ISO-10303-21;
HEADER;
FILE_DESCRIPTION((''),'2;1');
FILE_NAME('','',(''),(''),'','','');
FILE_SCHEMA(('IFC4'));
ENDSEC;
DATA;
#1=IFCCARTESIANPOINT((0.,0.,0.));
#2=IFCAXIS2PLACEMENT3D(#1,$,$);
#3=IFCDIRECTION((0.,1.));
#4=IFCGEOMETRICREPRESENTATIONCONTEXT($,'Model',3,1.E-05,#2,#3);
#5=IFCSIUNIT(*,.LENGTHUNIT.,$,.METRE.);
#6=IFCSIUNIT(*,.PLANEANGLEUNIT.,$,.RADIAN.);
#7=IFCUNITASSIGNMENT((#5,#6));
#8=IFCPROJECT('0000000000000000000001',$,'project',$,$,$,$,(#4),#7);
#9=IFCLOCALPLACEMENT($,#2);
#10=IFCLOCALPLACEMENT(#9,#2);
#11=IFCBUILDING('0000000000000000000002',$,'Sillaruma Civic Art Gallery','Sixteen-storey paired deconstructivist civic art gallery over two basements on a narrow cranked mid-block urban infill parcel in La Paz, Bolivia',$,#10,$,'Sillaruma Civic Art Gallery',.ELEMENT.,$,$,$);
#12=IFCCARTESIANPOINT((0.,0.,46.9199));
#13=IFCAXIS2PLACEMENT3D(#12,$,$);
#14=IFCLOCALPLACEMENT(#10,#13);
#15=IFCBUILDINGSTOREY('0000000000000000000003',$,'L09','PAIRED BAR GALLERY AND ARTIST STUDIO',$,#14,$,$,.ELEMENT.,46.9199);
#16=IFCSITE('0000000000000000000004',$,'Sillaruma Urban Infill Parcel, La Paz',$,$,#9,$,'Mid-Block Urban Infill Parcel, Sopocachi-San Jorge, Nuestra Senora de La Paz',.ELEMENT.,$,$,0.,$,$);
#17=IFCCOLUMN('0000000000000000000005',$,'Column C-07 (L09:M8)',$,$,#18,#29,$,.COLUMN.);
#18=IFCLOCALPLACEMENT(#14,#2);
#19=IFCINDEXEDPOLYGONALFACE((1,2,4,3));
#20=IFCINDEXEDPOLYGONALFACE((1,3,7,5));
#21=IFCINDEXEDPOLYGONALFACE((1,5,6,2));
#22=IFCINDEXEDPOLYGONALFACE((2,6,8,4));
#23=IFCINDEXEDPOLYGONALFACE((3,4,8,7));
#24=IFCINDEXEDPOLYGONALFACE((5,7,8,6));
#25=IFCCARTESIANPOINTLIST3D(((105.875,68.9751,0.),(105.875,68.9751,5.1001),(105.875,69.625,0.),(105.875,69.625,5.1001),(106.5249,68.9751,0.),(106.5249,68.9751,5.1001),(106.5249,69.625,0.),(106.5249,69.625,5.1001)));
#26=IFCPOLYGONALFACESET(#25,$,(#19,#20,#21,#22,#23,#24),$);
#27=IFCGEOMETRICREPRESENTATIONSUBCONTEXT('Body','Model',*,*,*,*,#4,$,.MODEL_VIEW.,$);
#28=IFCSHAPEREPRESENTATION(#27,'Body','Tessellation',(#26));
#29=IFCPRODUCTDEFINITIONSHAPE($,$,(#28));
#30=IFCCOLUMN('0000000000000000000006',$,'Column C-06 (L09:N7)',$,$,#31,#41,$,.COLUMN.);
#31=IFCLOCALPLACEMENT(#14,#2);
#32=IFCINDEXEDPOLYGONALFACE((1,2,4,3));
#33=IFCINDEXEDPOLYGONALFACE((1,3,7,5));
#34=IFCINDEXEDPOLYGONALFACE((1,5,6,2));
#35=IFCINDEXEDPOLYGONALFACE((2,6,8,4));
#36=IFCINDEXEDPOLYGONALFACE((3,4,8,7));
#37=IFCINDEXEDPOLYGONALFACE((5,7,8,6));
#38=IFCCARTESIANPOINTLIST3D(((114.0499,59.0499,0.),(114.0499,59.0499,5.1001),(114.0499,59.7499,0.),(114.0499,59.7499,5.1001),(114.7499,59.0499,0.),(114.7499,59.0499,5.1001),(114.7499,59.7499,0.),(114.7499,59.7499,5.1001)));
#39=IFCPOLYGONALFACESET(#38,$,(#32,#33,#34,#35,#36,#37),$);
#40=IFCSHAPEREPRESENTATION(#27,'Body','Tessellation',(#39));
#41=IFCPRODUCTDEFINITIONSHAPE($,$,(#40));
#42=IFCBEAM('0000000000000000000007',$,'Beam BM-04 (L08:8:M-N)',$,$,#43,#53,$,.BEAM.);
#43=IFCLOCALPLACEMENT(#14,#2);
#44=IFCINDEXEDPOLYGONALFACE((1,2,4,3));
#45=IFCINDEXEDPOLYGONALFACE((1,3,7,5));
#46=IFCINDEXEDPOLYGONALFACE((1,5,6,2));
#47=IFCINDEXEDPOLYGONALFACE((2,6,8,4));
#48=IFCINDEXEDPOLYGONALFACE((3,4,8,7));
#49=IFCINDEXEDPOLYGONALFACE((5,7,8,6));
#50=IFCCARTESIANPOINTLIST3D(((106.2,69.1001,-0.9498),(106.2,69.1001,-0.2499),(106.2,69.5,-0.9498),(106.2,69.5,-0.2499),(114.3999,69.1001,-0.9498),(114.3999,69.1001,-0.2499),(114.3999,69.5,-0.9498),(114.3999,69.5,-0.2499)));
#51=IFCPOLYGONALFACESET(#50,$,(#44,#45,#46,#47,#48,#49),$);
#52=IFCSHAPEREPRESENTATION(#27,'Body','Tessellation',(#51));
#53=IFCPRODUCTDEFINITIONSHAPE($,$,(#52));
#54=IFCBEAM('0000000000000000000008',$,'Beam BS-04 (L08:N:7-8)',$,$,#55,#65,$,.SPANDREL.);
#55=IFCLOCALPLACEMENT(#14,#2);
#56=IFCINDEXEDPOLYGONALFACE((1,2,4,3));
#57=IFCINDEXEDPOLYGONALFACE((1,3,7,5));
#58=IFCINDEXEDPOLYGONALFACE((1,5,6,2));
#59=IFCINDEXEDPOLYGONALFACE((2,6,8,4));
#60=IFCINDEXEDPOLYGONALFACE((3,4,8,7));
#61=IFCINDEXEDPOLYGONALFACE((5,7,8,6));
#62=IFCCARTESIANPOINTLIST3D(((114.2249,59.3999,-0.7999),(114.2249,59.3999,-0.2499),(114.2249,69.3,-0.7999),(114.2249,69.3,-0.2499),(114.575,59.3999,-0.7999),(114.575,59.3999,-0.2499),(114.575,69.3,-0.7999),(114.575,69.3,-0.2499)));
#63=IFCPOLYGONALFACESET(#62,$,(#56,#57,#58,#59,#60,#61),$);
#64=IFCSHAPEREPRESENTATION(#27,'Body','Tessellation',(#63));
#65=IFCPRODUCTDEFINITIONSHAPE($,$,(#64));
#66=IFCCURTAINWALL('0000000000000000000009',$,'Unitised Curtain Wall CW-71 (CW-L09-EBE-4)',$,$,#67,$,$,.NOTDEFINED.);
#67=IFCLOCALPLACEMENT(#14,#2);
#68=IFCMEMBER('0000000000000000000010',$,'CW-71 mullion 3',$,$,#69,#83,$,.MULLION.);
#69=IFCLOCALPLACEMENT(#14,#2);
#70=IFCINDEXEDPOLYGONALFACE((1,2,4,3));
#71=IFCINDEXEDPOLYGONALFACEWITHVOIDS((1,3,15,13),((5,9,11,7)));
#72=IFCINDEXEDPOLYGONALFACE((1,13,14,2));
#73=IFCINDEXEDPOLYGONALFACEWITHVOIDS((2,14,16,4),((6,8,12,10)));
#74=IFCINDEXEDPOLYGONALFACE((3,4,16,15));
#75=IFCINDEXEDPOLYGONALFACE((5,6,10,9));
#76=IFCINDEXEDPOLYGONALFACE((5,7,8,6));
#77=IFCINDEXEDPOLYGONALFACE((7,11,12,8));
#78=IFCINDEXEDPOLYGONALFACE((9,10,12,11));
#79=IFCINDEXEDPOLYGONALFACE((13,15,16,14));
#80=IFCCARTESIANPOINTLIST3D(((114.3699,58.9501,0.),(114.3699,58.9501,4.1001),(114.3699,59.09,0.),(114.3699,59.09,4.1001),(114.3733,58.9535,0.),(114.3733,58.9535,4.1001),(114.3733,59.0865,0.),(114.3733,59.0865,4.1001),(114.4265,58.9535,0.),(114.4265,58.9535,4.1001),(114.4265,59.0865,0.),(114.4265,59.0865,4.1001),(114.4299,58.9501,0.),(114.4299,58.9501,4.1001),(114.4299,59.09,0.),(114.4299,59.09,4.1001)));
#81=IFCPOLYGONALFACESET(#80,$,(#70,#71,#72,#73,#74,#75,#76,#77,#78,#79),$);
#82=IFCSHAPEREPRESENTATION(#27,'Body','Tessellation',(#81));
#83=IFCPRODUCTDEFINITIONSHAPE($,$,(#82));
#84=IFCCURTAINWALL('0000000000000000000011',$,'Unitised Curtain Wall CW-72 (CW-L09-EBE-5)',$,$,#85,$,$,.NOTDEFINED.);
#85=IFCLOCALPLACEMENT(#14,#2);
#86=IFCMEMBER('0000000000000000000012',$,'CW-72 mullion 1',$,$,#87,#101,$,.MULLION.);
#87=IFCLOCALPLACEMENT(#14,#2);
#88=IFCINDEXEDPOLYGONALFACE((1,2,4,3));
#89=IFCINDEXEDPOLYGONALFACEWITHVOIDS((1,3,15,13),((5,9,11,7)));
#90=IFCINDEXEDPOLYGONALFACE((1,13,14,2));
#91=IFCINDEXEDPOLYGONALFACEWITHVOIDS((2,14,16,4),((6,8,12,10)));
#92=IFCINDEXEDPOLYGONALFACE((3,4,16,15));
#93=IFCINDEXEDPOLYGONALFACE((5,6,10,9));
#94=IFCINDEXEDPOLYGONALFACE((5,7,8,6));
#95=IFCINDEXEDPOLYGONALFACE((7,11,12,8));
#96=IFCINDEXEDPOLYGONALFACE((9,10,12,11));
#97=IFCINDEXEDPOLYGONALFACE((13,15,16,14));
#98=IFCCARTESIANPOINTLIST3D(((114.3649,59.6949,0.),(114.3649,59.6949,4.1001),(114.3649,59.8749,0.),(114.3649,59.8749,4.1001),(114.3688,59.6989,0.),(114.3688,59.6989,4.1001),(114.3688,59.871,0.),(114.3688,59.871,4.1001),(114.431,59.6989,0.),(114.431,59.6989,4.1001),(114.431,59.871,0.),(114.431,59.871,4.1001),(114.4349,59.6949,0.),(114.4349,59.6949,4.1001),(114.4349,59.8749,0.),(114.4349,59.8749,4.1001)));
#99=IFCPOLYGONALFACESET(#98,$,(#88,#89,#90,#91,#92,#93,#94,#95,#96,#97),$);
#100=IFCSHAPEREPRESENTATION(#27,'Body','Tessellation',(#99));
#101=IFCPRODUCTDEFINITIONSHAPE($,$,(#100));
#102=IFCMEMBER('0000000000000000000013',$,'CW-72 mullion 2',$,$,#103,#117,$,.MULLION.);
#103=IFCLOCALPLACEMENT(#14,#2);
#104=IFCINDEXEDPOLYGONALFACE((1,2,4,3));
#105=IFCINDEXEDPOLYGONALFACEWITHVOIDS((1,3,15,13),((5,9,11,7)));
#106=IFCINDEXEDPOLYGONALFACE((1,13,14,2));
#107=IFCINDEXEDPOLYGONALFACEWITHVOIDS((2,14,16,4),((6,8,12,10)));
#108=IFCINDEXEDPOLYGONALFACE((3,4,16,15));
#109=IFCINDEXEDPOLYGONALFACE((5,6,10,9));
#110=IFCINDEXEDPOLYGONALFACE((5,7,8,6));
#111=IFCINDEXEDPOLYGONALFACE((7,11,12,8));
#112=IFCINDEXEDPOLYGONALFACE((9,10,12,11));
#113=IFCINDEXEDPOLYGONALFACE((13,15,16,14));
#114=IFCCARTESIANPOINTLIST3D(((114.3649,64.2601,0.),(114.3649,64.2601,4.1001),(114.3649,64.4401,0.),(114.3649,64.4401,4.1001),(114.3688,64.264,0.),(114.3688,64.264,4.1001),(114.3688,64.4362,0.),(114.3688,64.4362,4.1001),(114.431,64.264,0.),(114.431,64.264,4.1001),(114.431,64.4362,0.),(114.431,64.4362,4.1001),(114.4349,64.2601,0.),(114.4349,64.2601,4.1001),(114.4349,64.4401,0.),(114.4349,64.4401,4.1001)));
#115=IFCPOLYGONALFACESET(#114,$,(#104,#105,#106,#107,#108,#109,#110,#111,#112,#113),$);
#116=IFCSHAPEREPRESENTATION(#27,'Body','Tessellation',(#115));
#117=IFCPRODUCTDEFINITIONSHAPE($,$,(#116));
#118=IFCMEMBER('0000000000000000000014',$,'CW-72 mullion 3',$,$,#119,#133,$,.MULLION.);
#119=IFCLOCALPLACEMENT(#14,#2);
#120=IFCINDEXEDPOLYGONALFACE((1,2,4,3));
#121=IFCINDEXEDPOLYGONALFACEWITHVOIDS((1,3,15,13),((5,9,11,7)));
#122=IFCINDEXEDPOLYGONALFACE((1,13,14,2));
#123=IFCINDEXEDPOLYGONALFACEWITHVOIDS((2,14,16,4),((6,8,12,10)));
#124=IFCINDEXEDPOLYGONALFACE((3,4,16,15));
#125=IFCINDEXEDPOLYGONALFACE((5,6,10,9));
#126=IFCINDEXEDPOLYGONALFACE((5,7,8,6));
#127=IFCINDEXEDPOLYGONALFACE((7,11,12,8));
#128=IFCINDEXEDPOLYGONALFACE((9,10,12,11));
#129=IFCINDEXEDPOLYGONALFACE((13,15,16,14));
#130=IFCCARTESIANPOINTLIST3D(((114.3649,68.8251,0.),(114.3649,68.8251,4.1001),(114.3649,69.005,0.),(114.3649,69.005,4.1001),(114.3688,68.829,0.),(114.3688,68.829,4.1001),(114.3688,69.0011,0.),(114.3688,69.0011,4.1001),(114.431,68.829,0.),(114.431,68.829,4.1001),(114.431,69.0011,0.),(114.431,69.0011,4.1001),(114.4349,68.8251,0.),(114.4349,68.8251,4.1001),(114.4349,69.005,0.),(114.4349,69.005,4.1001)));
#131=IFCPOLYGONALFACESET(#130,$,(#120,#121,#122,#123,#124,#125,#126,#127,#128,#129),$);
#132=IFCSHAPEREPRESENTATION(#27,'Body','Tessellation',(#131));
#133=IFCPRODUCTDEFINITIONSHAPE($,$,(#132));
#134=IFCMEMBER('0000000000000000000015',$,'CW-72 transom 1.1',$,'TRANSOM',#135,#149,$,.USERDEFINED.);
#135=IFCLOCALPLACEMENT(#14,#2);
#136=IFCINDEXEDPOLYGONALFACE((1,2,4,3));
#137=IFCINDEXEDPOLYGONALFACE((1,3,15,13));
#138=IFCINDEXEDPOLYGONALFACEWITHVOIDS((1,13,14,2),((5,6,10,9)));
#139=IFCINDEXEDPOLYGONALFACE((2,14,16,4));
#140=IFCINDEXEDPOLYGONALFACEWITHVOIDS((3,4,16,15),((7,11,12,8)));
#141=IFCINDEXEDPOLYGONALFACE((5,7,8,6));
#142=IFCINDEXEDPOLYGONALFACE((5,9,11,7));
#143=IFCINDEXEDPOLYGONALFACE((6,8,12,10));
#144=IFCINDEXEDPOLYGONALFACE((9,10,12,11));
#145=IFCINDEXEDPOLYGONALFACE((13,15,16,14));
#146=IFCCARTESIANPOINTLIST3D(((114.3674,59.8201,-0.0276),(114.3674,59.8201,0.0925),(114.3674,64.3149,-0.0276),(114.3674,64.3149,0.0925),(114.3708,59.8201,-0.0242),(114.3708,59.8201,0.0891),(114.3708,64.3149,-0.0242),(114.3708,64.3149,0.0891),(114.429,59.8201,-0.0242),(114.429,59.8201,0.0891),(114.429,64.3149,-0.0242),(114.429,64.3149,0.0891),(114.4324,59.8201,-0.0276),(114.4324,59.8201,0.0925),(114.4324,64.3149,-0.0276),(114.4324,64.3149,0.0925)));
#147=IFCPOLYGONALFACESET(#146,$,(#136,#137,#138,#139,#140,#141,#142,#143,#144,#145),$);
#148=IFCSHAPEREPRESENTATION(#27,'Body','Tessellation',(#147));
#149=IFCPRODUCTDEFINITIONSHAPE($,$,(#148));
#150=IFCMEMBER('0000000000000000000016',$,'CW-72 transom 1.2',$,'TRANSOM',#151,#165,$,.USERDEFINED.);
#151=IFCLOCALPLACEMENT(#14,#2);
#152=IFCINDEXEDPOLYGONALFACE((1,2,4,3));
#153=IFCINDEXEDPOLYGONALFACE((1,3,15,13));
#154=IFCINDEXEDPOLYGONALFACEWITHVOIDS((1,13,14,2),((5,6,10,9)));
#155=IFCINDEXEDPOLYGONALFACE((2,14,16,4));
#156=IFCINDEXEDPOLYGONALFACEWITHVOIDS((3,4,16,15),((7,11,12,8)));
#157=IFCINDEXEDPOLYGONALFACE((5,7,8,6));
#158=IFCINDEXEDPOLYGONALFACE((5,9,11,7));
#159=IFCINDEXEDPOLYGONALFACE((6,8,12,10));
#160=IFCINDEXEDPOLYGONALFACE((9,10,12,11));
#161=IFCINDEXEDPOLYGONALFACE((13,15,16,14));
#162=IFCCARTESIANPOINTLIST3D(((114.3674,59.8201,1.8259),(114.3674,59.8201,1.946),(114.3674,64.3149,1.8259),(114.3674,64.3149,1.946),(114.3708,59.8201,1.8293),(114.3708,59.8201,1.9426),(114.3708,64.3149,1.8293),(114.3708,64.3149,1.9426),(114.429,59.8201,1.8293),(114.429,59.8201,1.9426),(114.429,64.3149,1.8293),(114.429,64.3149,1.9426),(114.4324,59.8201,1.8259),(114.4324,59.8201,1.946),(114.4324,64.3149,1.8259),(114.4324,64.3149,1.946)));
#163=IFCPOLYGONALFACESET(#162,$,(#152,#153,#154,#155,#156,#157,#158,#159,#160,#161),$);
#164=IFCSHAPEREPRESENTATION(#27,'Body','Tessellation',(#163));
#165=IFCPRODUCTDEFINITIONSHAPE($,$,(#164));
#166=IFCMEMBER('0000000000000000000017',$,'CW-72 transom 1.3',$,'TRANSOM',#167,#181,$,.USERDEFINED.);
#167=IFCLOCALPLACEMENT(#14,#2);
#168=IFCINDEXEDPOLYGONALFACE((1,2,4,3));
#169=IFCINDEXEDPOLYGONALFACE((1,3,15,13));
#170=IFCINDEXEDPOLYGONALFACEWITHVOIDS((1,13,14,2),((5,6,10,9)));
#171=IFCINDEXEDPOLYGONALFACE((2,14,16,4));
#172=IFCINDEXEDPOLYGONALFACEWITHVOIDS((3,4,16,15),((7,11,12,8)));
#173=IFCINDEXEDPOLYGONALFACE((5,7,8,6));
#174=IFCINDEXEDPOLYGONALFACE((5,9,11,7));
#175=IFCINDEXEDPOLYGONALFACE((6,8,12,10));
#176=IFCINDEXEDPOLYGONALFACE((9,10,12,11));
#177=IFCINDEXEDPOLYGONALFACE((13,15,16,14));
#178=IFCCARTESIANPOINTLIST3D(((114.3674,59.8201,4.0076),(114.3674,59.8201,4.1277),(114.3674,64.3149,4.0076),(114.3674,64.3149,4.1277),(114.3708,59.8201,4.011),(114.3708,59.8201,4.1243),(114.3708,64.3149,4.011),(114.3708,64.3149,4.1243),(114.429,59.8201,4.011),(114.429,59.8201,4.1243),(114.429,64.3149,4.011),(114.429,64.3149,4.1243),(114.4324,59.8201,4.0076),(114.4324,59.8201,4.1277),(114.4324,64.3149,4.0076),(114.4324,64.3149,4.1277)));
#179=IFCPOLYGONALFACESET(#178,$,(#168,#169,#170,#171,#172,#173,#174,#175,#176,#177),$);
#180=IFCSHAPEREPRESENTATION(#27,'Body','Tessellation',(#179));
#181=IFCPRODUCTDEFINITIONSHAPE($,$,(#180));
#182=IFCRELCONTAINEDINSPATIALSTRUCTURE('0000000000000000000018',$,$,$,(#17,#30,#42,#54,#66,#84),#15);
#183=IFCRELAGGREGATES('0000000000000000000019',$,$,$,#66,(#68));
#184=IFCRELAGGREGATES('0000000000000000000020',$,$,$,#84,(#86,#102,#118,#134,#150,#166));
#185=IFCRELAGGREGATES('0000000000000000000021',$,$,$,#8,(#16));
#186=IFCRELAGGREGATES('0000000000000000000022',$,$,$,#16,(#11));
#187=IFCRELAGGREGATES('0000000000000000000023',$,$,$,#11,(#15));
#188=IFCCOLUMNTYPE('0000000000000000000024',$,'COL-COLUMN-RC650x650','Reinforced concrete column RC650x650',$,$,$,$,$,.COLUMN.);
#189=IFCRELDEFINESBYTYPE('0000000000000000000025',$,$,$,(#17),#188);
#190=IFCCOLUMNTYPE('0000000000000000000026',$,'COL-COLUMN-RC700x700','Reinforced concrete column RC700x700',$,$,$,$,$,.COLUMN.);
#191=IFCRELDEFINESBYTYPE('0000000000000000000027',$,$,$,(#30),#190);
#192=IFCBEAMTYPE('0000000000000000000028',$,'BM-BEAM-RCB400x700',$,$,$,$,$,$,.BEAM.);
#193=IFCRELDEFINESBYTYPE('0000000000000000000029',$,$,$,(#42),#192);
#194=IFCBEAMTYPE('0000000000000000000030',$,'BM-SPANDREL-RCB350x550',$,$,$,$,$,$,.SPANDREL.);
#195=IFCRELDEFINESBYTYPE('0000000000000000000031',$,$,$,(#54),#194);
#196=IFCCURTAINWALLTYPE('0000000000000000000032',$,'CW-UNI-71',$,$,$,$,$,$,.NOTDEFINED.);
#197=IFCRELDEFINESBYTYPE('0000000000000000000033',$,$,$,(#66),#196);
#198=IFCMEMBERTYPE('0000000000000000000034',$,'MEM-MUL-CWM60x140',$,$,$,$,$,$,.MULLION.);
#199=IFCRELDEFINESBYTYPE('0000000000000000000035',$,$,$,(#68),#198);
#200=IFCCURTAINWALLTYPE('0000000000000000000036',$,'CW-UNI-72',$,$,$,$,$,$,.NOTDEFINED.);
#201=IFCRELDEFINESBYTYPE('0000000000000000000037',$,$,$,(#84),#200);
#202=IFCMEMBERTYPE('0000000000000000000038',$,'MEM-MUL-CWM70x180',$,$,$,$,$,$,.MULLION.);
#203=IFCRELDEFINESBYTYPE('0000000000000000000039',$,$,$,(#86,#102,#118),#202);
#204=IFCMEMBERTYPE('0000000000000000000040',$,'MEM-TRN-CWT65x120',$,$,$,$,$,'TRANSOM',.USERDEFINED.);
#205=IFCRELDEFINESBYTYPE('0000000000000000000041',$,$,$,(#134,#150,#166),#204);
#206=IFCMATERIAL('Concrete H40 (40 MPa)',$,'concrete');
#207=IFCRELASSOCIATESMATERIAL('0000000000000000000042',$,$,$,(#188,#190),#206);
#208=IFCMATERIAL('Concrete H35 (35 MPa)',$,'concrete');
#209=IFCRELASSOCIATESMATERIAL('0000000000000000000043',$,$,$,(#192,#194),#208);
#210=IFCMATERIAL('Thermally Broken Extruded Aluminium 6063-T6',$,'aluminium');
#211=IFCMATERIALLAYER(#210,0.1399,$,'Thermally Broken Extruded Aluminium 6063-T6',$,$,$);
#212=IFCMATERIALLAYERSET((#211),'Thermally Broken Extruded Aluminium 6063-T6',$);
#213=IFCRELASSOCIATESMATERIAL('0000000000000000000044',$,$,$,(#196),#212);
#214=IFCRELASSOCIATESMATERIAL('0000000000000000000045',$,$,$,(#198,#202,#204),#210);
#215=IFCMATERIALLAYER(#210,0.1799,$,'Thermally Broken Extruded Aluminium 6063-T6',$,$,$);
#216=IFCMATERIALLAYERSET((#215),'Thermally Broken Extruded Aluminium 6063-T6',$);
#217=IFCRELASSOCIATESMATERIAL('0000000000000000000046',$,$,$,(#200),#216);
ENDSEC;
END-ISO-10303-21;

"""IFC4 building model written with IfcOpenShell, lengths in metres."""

from ifc_helpers import new_model, si_unit, direction, frame, origin, origin_2d, place, context, subcontext, project, spatial, rectangle, hollow_rectangle, extrude, material, layer, layer_set, material_profile, profile_set, type_object, element, aggregate, save


model = new_model("IFC4")

# Units and contexts
model_context = context("Model", 3, precision=1e-05, world=origin(), true_north=direction((0.0, 1.0)))
body_context = subcontext(model_context, "Body", "Model", "MODEL_VIEW")
ifc_project = project(units=[si_unit("LENGTHUNIT", "METRE"), si_unit("PLANEANGLEUNIT", "RADIAN")], contexts=[model_context])

# Site, building, storey
site_placement = place(None, origin())
site = spatial("IfcSite", under=ifc_project, at=site_placement, Name="Sillaruma Urban Infill Parcel, La Paz", LongName="Mid-Block Urban Infill Parcel, Sopocachi-San Jorge, Nuestra Senora de La Paz", CompositionType="ELEMENT", RefElevation=0.0)
building_placement = place(site_placement, origin())
building = spatial("IfcBuilding", under=site, at=building_placement, Name="Sillaruma Civic Art Gallery", Description="Sixteen-storey paired deconstructivist civic art gallery over two basements on a narrow cranked mid-block urban infill parcel in La Paz, Bolivia", LongName="Sillaruma Civic Art Gallery", CompositionType="ELEMENT")
storey_placement = place(building_placement, frame((0.0, 0.0, 46.9199)))
storey = spatial("IfcBuildingStorey", under=building, at=storey_placement, Name="L09", Description="PAIRED BAR GALLERY AND ARTIST STUDIO", CompositionType="ELEMENT", Elevation=46.9199)

# Columns
ifc_material_1 = material(Name="Concrete H40 (40 MPa)", Category="concrete")
ifc_material_profile_1 = material_profile(ifc_material_1, rectangle(XDim=0.6499, YDim=0.6499, at=origin_2d()), Name="RC650x650")
ifc_profile_set_1 = profile_set([ifc_material_profile_1], Name="Concrete H40 (40 MPa)")
column_type_1 = type_object("IfcColumnType", Name="COL-COLUMN-RC650x650", Description="Reinforced concrete column RC650x650", PredefinedType="COLUMN", material=ifc_profile_set_1)
column_1_placement = place(storey_placement, frame((106.2, 69.3, 0.0), z_axis=(0.0, 0.0, 1.0), x_axis=(1.0, 0.0, 0.0)))
element("IfcColumn", 1, at=column_1_placement, inside=storey, type_object=column_type_1, Name="Column C-07 (L09:M8)", PredefinedType="COLUMN", context=body_context, shape_type="SweptSolid", body=[
    extrude(rectangle(XDim=0.6499, YDim=0.6499, at=origin_2d()), origin(), (0.0, 0.0, 1.0), 5.1001),
])
ifc_material_profile_2 = material_profile(ifc_material_1, rectangle(XDim=0.7, YDim=0.7, at=origin_2d()), Name="RC700x700")
ifc_profile_set_2 = profile_set([ifc_material_profile_2], Name="Concrete H40 (40 MPa)")
column_type_2 = type_object("IfcColumnType", Name="COL-COLUMN-RC700x700", Description="Reinforced concrete column RC700x700", PredefinedType="COLUMN", material=ifc_profile_set_2)
column_2_placement = place(storey_placement, frame((114.3999, 59.3999, 0.0), z_axis=(0.0, 0.0, 1.0), x_axis=(1.0, 0.0, 0.0)))
element("IfcColumn", 2, at=column_2_placement, inside=storey, type_object=column_type_2, Name="Column C-06 (L09:N7)", PredefinedType="COLUMN", context=body_context, shape_type="SweptSolid", body=[
    extrude(rectangle(XDim=0.7, YDim=0.7, at=origin_2d()), origin(), (0.0, 0.0, 1.0), 5.1001),
])

# Beams
ifc_material_2 = material(Name="Concrete H35 (35 MPa)", Category="concrete")
ifc_material_profile_3 = material_profile(ifc_material_2, rectangle(XDim=0.3999, YDim=0.7, at=origin_2d()), Name="RCB400x700")
ifc_profile_set_3 = profile_set([ifc_material_profile_3], Name="Concrete H35 (35 MPa)")
beam_type_1 = type_object("IfcBeamType", Name="BM-BEAM-RCB400x700", PredefinedType="BEAM", material=ifc_profile_set_3)
beam_1_placement = place(storey_placement, frame((106.2, 69.3, -0.5999), z_axis=(1.0, 0.0, 0.0), x_axis=(0.0, 1.0, 0.0)))
element("IfcBeam", 3, at=beam_1_placement, inside=storey, type_object=beam_type_1, Name="Beam BM-04 (L08:8:M-N)", PredefinedType="BEAM", context=body_context, shape_type="SweptSolid", body=[
    extrude(rectangle(XDim=0.3999, YDim=0.7, at=origin_2d()), origin(), (0.0, 0.0, 1.0), 8.2),
])
ifc_material_profile_4 = material_profile(ifc_material_2, rectangle(XDim=0.3501, YDim=0.55, at=origin_2d()), Name="RCB350x550")
ifc_profile_set_4 = profile_set([ifc_material_profile_4], Name="Concrete H35 (35 MPa)")
beam_type_2 = type_object("IfcBeamType", Name="BM-SPANDREL-RCB350x550", PredefinedType="SPANDREL", material=ifc_profile_set_4)
beam_2_placement = place(storey_placement, frame((114.3999, 59.3999, -0.5249), z_axis=(0.0, 1.0, 0.0), x_axis=(-1.0, 0.0, 0.0)))
element("IfcBeam", 4, at=beam_2_placement, inside=storey, type_object=beam_type_2, Name="Beam BS-04 (L08:N:7-8)", PredefinedType="SPANDREL", context=body_context, shape_type="SweptSolid", body=[
    extrude(rectangle(XDim=0.3501, YDim=0.55, at=origin_2d()), origin(), (0.0, 0.0, 1.0), 9.9001),
])

# Curtain wall, member
ifc_material_3 = material(Name="Thermally Broken Extruded Aluminium 6063-T6", Category="aluminium")
ifc_layer_1 = layer(ifc_material_3, 0.1399, Name="Thermally Broken Extruded Aluminium 6063-T6")
ifc_layer_set_1 = layer_set([ifc_layer_1], Name="Thermally Broken Extruded Aluminium 6063-T6")
curtain_wall_type_1 = type_object("IfcCurtainWallType", Name="CW-UNI-71", PredefinedType="NOTDEFINED", material=ifc_layer_set_1)
curtain_wall_1_placement = place(storey_placement, origin())
curtain_wall_1 = element("IfcCurtainWall", 5, at=curtain_wall_1_placement, inside=storey, type_object=curtain_wall_type_1, Name="Unitised Curtain Wall CW-71 (CW-L09-EBE-4)", PredefinedType="NOTDEFINED")
ifc_material_profile_5 = material_profile(ifc_material_3, hollow_rectangle(XDim=0.0601, YDim=0.1399, WallThickness=0.0034, at=origin_2d()), Name="CWM60x140")
ifc_profile_set_5 = profile_set([ifc_material_profile_5], Name="Thermally Broken Extruded Aluminium 6063-T6")
member_type_1 = type_object("IfcMemberType", Name="MEM-MUL-CWM60x140", PredefinedType="MULLION", material=ifc_profile_set_5)
member_1_placement = place(storey_placement, frame((114.3999, 59.02, 0.0), z_axis=(0.0, 0.0, 1.0), x_axis=(-1.0, 0.0, 0.0)))
member_1 = element("IfcMember", 6, at=member_1_placement, type_object=member_type_1, Name="CW-71 mullion 3", PredefinedType="MULLION", context=body_context, shape_type="SweptSolid", body=[
    extrude(hollow_rectangle(XDim=0.0601, YDim=0.1399, WallThickness=0.0034, at=origin_2d()), origin(), (0.0, 0.0, 1.0), 4.1001),
])

# Curtain wall, members
ifc_layer_2 = layer(ifc_material_3, 0.1799, Name="Thermally Broken Extruded Aluminium 6063-T6")
ifc_layer_set_2 = layer_set([ifc_layer_2], Name="Thermally Broken Extruded Aluminium 6063-T6")
curtain_wall_type_2 = type_object("IfcCurtainWallType", Name="CW-UNI-72", PredefinedType="NOTDEFINED", material=ifc_layer_set_2)
curtain_wall_2_placement = place(storey_placement, origin())
curtain_wall_2 = element("IfcCurtainWall", 7, at=curtain_wall_2_placement, inside=storey, type_object=curtain_wall_type_2, Name="Unitised Curtain Wall CW-72 (CW-L09-EBE-5)", PredefinedType="NOTDEFINED")
ifc_material_profile_6 = material_profile(ifc_material_3, hollow_rectangle(XDim=0.0701, YDim=0.1799, WallThickness=0.0039, at=origin_2d()), Name="CWM70x180")
ifc_profile_set_6 = profile_set([ifc_material_profile_6], Name="Thermally Broken Extruded Aluminium 6063-T6")
member_type_2 = type_object("IfcMemberType", Name="MEM-MUL-CWM70x180", PredefinedType="MULLION", material=ifc_profile_set_6)
member_2_placement = place(storey_placement, frame((114.3999, 59.7849, 0.0), z_axis=(0.0, 0.0, 1.0), x_axis=(-1.0, 0.0, 0.0)))
member_2 = element("IfcMember", 8, at=member_2_placement, type_object=member_type_2, Name="CW-72 mullion 1", PredefinedType="MULLION", context=body_context, shape_type="SweptSolid", body=[
    extrude(hollow_rectangle(XDim=0.0701, YDim=0.1799, WallThickness=0.0039, at=origin_2d()), origin(), (0.0, 0.0, 1.0), 4.1001),
])
member_3_placement = place(storey_placement, frame((114.3999, 64.3501, 0.0), z_axis=(0.0, 0.0, 1.0), x_axis=(-1.0, 0.0, 0.0)))
member_3 = element("IfcMember", 9, at=member_3_placement, type_object=member_type_2, Name="CW-72 mullion 2", PredefinedType="MULLION", context=body_context, shape_type="SweptSolid", body=[
    extrude(hollow_rectangle(XDim=0.0701, YDim=0.1799, WallThickness=0.0039, at=origin_2d()), origin(), (0.0, 0.0, 1.0), 4.1001),
])
member_4_placement = place(storey_placement, frame((114.3999, 68.915, 0.0), z_axis=(0.0, 0.0, 1.0), x_axis=(-1.0, 0.0, 0.0)))
member_4 = element("IfcMember", 10, at=member_4_placement, type_object=member_type_2, Name="CW-72 mullion 3", PredefinedType="MULLION", context=body_context, shape_type="SweptSolid", body=[
    extrude(hollow_rectangle(XDim=0.0701, YDim=0.1799, WallThickness=0.0039, at=origin_2d()), origin(), (0.0, 0.0, 1.0), 4.1001),
])
ifc_material_profile_7 = material_profile(ifc_material_3, hollow_rectangle(XDim=0.0649, YDim=0.1201, WallThickness=0.0034, at=origin_2d()), Name="CWT65x120")
ifc_profile_set_7 = profile_set([ifc_material_profile_7], Name="Thermally Broken Extruded Aluminium 6063-T6")
member_type_3 = type_object("IfcMemberType", Name="MEM-TRN-CWT65x120", ElementType="TRANSOM", PredefinedType="USERDEFINED", material=ifc_profile_set_7)
member_5_placement = place(storey_placement, frame((114.3999, 59.8201, 0.0325), z_axis=(0.0, 1.0, 0.0), x_axis=(-1.0, 0.0, 0.0)))
member_5 = element("IfcMember", 11, at=member_5_placement, type_object=member_type_3, Name="CW-72 transom 1.1", ObjectType="TRANSOM", PredefinedType="USERDEFINED", context=body_context, shape_type="SweptSolid", body=[
    extrude(hollow_rectangle(XDim=0.0649, YDim=0.1201, WallThickness=0.0034, at=origin_2d()), origin(), (0.0, 0.0, 1.0), 4.4949),
])
member_6_placement = place(storey_placement, frame((114.3999, 59.8201, 1.886), z_axis=(0.0, 1.0, 0.0), x_axis=(-1.0, 0.0, 0.0)))
member_6 = element("IfcMember", 12, at=member_6_placement, type_object=member_type_3, Name="CW-72 transom 1.2", ObjectType="TRANSOM", PredefinedType="USERDEFINED", context=body_context, shape_type="SweptSolid", body=[
    extrude(hollow_rectangle(XDim=0.0649, YDim=0.1201, WallThickness=0.0034, at=origin_2d()), origin(), (0.0, 0.0, 1.0), 4.4949),
])
member_7_placement = place(storey_placement, frame((114.3999, 59.8201, 4.0676), z_axis=(0.0, 1.0, 0.0), x_axis=(-1.0, 0.0, 0.0)))
member_7 = element("IfcMember", 13, at=member_7_placement, type_object=member_type_3, Name="CW-72 transom 1.3", ObjectType="TRANSOM", PredefinedType="USERDEFINED", context=body_context, shape_type="SweptSolid", body=[
    extrude(hollow_rectangle(XDim=0.0649, YDim=0.1201, WallThickness=0.0034, at=origin_2d()), origin(), (0.0, 0.0, 1.0), 4.4949),
])

aggregate(curtain_wall_1, [member_1])
aggregate(curtain_wall_2, [member_2, member_3, member_4, member_5, member_6, member_7])

save(model, "model.ifc")
